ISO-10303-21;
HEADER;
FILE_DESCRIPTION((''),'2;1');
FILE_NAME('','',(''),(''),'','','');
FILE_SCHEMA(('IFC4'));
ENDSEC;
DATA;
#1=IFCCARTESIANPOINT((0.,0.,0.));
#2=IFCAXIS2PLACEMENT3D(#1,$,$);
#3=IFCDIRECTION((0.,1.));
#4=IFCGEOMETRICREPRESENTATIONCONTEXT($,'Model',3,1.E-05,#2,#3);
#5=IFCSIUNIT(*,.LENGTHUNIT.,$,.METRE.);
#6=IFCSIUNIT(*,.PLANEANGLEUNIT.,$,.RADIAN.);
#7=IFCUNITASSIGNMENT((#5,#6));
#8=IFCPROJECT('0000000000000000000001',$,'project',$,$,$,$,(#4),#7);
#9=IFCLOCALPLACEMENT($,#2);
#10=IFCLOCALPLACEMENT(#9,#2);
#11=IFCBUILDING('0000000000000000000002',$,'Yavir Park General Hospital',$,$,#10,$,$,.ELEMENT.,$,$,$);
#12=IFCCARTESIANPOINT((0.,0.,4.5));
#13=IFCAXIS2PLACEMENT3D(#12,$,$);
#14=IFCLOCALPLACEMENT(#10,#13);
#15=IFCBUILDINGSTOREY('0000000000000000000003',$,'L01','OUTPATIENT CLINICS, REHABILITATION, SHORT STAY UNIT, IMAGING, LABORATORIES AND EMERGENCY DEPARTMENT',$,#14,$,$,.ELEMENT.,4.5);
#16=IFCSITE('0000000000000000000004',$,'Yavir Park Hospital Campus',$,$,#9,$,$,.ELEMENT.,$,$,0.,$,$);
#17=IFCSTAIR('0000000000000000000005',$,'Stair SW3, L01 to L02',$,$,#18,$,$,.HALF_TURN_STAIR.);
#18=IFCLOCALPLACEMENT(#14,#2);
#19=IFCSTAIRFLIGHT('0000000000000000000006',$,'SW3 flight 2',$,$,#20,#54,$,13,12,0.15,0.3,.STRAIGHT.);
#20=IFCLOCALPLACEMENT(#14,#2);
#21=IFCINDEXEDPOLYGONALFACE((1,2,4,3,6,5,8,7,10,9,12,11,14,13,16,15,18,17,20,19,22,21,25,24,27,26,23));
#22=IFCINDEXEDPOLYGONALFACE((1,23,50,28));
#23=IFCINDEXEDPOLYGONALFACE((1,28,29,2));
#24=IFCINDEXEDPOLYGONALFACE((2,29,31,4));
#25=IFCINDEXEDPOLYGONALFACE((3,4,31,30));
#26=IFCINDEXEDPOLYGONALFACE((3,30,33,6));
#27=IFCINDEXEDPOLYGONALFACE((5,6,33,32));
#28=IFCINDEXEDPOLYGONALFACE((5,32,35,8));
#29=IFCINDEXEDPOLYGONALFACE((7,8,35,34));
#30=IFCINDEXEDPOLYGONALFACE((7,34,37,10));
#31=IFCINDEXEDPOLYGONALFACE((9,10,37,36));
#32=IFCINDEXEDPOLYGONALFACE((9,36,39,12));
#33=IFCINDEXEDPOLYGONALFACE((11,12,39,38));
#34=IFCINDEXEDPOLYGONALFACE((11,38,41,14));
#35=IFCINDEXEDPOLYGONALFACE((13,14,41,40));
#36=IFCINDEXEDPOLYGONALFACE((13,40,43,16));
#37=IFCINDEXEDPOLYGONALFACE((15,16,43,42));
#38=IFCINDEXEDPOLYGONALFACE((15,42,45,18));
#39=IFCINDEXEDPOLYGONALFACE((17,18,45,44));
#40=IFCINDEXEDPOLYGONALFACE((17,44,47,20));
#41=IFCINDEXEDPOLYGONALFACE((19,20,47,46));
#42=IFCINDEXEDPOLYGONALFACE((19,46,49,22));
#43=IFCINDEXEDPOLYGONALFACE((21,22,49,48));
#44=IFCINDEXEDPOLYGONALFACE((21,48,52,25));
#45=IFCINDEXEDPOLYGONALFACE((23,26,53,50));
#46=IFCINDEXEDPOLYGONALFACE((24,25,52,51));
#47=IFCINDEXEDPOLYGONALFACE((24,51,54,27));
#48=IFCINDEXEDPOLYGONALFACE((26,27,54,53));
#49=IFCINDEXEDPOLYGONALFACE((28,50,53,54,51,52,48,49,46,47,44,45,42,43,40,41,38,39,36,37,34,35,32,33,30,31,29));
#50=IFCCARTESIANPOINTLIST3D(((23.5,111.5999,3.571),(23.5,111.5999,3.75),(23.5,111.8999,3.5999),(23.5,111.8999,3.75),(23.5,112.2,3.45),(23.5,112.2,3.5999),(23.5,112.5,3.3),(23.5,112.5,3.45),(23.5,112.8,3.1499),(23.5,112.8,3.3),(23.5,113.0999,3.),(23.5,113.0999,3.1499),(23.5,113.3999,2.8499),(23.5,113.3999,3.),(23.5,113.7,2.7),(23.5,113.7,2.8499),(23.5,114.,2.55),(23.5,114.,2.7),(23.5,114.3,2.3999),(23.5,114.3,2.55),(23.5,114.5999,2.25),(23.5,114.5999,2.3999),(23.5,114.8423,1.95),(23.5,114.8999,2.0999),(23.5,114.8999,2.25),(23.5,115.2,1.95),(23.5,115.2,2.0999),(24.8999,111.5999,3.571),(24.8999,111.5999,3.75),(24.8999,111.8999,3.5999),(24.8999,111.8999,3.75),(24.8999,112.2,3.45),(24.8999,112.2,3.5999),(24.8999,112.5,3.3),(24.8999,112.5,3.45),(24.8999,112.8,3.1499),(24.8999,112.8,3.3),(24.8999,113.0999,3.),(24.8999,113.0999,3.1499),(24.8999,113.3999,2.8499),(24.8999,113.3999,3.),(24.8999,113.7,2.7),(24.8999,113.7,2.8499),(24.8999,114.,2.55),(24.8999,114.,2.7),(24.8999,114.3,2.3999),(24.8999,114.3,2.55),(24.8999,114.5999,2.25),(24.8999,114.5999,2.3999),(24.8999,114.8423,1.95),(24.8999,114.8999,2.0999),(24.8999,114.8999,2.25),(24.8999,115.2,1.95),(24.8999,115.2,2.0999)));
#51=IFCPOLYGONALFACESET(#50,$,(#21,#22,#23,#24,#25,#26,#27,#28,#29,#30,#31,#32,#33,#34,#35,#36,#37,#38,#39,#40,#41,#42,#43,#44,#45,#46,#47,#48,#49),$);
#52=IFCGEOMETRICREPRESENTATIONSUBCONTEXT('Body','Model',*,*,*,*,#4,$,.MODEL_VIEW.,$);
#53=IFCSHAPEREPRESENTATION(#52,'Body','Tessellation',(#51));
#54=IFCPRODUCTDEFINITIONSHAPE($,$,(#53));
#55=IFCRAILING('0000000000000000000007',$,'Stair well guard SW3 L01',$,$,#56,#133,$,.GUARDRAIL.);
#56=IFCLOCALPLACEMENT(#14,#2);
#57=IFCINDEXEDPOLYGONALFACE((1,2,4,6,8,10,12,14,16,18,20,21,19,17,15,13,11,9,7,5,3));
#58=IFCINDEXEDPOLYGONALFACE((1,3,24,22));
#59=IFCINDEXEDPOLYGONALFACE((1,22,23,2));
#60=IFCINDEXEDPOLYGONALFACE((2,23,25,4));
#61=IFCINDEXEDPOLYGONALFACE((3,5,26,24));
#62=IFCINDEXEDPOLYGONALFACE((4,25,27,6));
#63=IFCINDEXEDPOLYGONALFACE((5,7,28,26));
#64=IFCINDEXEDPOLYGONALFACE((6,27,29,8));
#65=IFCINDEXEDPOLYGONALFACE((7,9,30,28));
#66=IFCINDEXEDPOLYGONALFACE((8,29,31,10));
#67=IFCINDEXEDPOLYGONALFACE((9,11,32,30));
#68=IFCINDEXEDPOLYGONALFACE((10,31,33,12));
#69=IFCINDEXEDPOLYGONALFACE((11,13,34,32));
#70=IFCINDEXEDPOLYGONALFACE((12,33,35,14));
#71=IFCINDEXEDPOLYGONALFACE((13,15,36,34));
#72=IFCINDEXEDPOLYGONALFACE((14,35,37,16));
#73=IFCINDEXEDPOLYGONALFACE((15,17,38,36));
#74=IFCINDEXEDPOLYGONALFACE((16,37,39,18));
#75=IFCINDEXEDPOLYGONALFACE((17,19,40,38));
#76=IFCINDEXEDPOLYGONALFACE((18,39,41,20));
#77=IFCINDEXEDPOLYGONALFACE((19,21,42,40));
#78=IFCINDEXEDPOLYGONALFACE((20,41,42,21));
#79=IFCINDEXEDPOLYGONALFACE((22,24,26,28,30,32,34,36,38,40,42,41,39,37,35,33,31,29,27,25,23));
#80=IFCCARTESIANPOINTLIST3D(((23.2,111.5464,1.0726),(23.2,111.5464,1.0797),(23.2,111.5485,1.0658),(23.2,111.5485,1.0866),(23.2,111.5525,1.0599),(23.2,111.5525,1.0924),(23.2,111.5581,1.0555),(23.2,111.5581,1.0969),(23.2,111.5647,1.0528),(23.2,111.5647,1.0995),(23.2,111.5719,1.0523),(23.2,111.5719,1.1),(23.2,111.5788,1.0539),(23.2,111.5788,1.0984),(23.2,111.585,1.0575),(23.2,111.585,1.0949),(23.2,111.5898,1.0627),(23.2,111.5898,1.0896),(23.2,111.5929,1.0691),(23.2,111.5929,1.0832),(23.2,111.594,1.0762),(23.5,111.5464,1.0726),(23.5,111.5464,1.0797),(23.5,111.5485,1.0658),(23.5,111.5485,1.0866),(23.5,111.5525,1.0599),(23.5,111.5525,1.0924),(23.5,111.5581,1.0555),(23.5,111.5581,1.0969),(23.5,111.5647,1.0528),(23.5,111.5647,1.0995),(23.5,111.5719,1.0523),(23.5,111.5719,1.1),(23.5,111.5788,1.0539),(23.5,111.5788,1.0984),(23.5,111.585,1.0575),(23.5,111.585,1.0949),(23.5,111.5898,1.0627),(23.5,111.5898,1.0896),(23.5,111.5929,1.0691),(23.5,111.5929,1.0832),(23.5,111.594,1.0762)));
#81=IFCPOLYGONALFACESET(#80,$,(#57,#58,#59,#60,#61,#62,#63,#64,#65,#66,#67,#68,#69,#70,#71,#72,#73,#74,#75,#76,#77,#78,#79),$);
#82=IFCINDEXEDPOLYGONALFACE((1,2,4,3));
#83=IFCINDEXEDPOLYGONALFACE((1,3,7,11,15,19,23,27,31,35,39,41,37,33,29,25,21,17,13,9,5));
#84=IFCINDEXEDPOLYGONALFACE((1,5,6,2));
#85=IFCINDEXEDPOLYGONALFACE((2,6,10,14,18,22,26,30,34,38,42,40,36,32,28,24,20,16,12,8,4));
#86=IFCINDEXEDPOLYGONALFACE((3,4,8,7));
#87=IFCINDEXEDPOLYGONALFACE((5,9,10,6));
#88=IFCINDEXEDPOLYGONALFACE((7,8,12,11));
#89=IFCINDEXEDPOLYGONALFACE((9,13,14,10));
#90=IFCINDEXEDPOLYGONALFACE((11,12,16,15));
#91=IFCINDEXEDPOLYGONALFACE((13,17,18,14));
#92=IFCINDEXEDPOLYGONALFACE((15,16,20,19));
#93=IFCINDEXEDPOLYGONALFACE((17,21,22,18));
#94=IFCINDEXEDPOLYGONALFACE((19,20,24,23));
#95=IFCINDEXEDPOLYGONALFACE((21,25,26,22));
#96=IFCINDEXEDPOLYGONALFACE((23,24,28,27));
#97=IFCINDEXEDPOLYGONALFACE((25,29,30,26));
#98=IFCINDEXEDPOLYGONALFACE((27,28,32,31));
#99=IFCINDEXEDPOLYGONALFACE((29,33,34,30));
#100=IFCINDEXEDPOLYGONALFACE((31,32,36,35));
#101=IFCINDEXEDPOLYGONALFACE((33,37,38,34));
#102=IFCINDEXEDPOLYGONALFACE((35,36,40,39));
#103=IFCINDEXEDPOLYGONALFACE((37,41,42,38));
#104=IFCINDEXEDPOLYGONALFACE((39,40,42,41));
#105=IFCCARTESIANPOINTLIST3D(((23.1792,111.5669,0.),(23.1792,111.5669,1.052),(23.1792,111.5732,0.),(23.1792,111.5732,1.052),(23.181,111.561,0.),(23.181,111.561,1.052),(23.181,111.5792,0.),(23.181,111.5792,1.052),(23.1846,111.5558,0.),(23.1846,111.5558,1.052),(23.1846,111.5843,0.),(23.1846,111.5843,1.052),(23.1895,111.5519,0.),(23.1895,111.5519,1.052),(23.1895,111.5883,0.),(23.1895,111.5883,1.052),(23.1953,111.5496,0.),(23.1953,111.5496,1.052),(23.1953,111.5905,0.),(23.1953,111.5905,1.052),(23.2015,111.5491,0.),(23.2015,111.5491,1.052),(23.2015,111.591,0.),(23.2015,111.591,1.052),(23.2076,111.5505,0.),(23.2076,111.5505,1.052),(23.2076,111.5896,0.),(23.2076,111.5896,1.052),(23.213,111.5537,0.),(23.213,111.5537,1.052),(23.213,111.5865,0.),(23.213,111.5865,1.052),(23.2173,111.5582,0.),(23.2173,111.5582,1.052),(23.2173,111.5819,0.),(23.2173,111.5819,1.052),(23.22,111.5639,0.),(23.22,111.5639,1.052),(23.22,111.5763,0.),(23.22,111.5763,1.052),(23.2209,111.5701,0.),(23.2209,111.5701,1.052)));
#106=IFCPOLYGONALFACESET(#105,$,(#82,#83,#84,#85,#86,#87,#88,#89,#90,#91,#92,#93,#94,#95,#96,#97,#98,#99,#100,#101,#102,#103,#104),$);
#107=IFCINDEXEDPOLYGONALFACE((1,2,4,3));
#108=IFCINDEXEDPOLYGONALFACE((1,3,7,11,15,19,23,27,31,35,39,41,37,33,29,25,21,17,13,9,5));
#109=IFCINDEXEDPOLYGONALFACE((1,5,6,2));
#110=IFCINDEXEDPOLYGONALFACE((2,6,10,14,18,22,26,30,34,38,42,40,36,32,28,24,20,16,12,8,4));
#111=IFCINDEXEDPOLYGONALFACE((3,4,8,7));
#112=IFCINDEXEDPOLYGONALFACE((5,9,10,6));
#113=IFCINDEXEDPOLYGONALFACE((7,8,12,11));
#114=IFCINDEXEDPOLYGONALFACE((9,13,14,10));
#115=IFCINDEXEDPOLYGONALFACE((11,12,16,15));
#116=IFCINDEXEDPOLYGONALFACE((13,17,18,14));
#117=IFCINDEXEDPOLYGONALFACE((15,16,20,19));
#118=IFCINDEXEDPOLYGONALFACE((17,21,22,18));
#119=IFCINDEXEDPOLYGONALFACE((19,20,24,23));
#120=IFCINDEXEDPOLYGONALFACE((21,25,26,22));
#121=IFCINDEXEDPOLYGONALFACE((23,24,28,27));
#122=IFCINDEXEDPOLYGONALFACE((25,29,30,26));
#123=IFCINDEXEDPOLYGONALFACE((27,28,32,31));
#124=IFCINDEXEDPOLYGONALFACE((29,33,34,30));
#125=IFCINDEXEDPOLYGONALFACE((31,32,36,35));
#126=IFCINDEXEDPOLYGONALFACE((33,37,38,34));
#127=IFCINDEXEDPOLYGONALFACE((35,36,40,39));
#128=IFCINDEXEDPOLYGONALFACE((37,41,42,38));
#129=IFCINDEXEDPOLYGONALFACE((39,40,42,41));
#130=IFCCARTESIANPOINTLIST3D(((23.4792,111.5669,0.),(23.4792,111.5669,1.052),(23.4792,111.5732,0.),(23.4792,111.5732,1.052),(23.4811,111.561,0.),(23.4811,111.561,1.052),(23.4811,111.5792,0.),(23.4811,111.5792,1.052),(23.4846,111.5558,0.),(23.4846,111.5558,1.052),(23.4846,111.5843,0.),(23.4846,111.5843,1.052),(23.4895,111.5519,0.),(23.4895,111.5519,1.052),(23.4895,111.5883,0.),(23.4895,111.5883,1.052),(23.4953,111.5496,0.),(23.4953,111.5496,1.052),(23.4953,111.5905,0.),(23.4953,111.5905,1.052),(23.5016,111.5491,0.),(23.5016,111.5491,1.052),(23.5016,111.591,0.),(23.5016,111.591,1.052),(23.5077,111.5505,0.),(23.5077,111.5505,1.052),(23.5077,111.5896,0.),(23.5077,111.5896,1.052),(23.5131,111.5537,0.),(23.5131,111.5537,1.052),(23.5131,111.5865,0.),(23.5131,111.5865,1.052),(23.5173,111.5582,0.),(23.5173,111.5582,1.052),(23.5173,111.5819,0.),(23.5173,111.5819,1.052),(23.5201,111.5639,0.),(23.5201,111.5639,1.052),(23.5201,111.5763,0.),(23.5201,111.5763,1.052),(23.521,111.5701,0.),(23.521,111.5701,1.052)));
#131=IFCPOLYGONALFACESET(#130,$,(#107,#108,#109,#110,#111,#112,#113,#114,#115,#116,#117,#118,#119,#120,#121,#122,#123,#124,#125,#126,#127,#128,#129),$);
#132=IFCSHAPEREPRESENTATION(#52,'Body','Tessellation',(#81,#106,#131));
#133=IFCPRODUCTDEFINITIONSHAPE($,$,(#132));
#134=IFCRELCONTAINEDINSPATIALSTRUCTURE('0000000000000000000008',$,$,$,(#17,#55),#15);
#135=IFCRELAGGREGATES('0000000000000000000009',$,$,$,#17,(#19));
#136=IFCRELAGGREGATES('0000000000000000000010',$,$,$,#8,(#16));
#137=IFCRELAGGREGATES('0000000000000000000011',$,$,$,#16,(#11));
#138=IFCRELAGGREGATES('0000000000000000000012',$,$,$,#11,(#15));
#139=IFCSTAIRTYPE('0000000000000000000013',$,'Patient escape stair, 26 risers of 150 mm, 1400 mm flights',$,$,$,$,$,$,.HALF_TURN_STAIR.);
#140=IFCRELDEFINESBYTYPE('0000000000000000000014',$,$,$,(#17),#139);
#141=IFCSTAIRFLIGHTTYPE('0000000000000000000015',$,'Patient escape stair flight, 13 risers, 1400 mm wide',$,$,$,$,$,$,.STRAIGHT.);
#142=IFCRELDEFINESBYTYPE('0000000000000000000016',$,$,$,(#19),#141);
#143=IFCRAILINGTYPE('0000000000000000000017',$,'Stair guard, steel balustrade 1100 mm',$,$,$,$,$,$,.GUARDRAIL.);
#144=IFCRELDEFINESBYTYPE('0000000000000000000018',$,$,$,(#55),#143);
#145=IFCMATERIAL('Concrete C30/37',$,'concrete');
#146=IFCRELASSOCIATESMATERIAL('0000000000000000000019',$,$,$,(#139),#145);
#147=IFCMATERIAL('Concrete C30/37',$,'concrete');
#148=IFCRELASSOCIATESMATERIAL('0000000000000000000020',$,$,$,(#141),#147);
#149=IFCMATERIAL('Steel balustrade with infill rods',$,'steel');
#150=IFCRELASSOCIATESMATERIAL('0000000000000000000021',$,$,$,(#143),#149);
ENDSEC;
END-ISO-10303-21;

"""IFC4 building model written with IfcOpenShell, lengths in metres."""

from ifc_helpers import new_model, si_unit, direction, frame, origin, origin_2d, place, context, subcontext, project, spatial, polyline, circle, outline, extrude, material, type_object, element, aggregate, save


model = new_model("IFC4")

# Units and contexts
model_context = context("Model", 3, precision=1e-05, world=origin(), true_north=direction((0.0, 1.0)))
body_context = subcontext(model_context, "Body", "Model", "MODEL_VIEW")
ifc_project = project(units=[si_unit("LENGTHUNIT", "METRE"), si_unit("PLANEANGLEUNIT", "RADIAN")], contexts=[model_context])

# Site, building, storey
site_placement = place(None, origin())
site = spatial("IfcSite", under=ifc_project, at=site_placement, Name="Yavir Park Hospital Campus", CompositionType="ELEMENT", RefElevation=0.0)
building_placement = place(site_placement, origin())
building = spatial("IfcBuilding", under=site, at=building_placement, Name="Yavir Park General Hospital", CompositionType="ELEMENT")
storey_placement = place(building_placement, frame((0.0, 0.0, 4.5)))
storey = spatial("IfcBuildingStorey", under=building, at=storey_placement, Name="L01", Description="OUTPATIENT CLINICS, REHABILITATION, SHORT STAY UNIT, IMAGING, LABORATORIES AND EMERGENCY DEPARTMENT", CompositionType="ELEMENT", Elevation=4.5)

# Stair, stair flight
ifc_material_1 = material(Name="Concrete C30/37", Category="concrete")
stair_type = type_object("IfcStairType", Name="Patient escape stair, 26 risers of 150 mm, 1400 mm flights", PredefinedType="HALF_TURN_STAIR", material=ifc_material_1)
stair_placement = place(storey_placement, origin())
stair = element("IfcStair", 1, at=stair_placement, inside=storey, type_object=stair_type, Name="Stair SW3, L01 to L02", PredefinedType="HALF_TURN_STAIR")
ifc_material_2 = material(Name="Concrete C30/37", Category="concrete")
stair_flight_type = type_object("IfcStairFlightType", Name="Patient escape stair flight, 13 risers, 1400 mm wide", PredefinedType="STRAIGHT", material=ifc_material_2)
stair_flight_placement = place(storey_placement, frame((24.2, 115.2, 1.95), z_axis=(0.0, 0.0, 1.0), x_axis=(0.0, -1.0, 0.0)))
stair_flight = element("IfcStairFlight", 2, at=stair_flight_placement, type_object=stair_flight_type, Name="SW3 flight 2", NumberOfRisers=13, NumberOfTreads=12, PredefinedType="STRAIGHT", RiserHeight=0.15, TreadLength=0.3, context=body_context, shape_type="SweptSolid", body=[
    extrude(outline(polyline([(0.0, 0.0), (0.0, 0.1499), (0.3, 0.1499), (0.3, 0.3), (0.6001, 0.3), (0.6001, 0.45), (0.8999, 0.45), (0.8999, 0.6001), (1.2, 0.6001), (1.2, 0.75), (1.5, 0.75), (1.5, 0.8999), (1.8, 0.8999), (1.8, 1.05), (2.1001, 1.05), (2.1001, 1.2), (2.3999, 1.2), (2.3999, 1.3501), (2.7, 1.3501), (2.7, 1.5), (3.0, 1.5), (3.0, 1.6499), (3.3, 1.6499), (3.3, 1.8), (3.6001, 1.8), (3.6001, 1.95), (3.6001, 1.6211), (0.3577, 0.0), (0.0, 0.0)])), frame((0.0, 0.7, 0.0), z_axis=(0.0, -1.0, 0.0), x_axis=(1.0, 0.0, 0.0)), (0.0, 0.0, 1.0), 1.3999),
])
aggregate(stair, [stair_flight])

# Railing
ifc_material_3 = material(Name="Steel balustrade with infill rods", Category="steel")
railing_type_1 = type_object("IfcRailingType", Name="Stair guard, steel balustrade 1100 mm", PredefinedType="GUARDRAIL", material=ifc_material_3)
railing_placement = place(storey_placement, frame((23.2, 111.5701, 0.0)))
element("IfcRailing", 3, at=railing_placement, inside=storey, type_object=railing_type_1, Name="Stair well guard SW3 L01", PredefinedType="GUARDRAIL", context=body_context, shape_type="SweptSolid", body=[
    extrude(circle(Radius=0.0239, at=origin_2d()), frame((0.0, 0.0, 1.0762), z_axis=(1.0, 0.0, 0.0), x_axis=(0.0, 1.0, 0.0)), (0.0, 0.0, 1.0), 0.3),
    extrude(circle(Radius=0.021, at=origin_2d()), origin(), (0.0, 0.0, 1.0), 1.052),
    extrude(circle(Radius=0.021, at=origin_2d()), frame((0.3, 0.0, 0.0)), (0.0, 0.0, 1.0), 1.052),
])

save(model, "model.ifc")
